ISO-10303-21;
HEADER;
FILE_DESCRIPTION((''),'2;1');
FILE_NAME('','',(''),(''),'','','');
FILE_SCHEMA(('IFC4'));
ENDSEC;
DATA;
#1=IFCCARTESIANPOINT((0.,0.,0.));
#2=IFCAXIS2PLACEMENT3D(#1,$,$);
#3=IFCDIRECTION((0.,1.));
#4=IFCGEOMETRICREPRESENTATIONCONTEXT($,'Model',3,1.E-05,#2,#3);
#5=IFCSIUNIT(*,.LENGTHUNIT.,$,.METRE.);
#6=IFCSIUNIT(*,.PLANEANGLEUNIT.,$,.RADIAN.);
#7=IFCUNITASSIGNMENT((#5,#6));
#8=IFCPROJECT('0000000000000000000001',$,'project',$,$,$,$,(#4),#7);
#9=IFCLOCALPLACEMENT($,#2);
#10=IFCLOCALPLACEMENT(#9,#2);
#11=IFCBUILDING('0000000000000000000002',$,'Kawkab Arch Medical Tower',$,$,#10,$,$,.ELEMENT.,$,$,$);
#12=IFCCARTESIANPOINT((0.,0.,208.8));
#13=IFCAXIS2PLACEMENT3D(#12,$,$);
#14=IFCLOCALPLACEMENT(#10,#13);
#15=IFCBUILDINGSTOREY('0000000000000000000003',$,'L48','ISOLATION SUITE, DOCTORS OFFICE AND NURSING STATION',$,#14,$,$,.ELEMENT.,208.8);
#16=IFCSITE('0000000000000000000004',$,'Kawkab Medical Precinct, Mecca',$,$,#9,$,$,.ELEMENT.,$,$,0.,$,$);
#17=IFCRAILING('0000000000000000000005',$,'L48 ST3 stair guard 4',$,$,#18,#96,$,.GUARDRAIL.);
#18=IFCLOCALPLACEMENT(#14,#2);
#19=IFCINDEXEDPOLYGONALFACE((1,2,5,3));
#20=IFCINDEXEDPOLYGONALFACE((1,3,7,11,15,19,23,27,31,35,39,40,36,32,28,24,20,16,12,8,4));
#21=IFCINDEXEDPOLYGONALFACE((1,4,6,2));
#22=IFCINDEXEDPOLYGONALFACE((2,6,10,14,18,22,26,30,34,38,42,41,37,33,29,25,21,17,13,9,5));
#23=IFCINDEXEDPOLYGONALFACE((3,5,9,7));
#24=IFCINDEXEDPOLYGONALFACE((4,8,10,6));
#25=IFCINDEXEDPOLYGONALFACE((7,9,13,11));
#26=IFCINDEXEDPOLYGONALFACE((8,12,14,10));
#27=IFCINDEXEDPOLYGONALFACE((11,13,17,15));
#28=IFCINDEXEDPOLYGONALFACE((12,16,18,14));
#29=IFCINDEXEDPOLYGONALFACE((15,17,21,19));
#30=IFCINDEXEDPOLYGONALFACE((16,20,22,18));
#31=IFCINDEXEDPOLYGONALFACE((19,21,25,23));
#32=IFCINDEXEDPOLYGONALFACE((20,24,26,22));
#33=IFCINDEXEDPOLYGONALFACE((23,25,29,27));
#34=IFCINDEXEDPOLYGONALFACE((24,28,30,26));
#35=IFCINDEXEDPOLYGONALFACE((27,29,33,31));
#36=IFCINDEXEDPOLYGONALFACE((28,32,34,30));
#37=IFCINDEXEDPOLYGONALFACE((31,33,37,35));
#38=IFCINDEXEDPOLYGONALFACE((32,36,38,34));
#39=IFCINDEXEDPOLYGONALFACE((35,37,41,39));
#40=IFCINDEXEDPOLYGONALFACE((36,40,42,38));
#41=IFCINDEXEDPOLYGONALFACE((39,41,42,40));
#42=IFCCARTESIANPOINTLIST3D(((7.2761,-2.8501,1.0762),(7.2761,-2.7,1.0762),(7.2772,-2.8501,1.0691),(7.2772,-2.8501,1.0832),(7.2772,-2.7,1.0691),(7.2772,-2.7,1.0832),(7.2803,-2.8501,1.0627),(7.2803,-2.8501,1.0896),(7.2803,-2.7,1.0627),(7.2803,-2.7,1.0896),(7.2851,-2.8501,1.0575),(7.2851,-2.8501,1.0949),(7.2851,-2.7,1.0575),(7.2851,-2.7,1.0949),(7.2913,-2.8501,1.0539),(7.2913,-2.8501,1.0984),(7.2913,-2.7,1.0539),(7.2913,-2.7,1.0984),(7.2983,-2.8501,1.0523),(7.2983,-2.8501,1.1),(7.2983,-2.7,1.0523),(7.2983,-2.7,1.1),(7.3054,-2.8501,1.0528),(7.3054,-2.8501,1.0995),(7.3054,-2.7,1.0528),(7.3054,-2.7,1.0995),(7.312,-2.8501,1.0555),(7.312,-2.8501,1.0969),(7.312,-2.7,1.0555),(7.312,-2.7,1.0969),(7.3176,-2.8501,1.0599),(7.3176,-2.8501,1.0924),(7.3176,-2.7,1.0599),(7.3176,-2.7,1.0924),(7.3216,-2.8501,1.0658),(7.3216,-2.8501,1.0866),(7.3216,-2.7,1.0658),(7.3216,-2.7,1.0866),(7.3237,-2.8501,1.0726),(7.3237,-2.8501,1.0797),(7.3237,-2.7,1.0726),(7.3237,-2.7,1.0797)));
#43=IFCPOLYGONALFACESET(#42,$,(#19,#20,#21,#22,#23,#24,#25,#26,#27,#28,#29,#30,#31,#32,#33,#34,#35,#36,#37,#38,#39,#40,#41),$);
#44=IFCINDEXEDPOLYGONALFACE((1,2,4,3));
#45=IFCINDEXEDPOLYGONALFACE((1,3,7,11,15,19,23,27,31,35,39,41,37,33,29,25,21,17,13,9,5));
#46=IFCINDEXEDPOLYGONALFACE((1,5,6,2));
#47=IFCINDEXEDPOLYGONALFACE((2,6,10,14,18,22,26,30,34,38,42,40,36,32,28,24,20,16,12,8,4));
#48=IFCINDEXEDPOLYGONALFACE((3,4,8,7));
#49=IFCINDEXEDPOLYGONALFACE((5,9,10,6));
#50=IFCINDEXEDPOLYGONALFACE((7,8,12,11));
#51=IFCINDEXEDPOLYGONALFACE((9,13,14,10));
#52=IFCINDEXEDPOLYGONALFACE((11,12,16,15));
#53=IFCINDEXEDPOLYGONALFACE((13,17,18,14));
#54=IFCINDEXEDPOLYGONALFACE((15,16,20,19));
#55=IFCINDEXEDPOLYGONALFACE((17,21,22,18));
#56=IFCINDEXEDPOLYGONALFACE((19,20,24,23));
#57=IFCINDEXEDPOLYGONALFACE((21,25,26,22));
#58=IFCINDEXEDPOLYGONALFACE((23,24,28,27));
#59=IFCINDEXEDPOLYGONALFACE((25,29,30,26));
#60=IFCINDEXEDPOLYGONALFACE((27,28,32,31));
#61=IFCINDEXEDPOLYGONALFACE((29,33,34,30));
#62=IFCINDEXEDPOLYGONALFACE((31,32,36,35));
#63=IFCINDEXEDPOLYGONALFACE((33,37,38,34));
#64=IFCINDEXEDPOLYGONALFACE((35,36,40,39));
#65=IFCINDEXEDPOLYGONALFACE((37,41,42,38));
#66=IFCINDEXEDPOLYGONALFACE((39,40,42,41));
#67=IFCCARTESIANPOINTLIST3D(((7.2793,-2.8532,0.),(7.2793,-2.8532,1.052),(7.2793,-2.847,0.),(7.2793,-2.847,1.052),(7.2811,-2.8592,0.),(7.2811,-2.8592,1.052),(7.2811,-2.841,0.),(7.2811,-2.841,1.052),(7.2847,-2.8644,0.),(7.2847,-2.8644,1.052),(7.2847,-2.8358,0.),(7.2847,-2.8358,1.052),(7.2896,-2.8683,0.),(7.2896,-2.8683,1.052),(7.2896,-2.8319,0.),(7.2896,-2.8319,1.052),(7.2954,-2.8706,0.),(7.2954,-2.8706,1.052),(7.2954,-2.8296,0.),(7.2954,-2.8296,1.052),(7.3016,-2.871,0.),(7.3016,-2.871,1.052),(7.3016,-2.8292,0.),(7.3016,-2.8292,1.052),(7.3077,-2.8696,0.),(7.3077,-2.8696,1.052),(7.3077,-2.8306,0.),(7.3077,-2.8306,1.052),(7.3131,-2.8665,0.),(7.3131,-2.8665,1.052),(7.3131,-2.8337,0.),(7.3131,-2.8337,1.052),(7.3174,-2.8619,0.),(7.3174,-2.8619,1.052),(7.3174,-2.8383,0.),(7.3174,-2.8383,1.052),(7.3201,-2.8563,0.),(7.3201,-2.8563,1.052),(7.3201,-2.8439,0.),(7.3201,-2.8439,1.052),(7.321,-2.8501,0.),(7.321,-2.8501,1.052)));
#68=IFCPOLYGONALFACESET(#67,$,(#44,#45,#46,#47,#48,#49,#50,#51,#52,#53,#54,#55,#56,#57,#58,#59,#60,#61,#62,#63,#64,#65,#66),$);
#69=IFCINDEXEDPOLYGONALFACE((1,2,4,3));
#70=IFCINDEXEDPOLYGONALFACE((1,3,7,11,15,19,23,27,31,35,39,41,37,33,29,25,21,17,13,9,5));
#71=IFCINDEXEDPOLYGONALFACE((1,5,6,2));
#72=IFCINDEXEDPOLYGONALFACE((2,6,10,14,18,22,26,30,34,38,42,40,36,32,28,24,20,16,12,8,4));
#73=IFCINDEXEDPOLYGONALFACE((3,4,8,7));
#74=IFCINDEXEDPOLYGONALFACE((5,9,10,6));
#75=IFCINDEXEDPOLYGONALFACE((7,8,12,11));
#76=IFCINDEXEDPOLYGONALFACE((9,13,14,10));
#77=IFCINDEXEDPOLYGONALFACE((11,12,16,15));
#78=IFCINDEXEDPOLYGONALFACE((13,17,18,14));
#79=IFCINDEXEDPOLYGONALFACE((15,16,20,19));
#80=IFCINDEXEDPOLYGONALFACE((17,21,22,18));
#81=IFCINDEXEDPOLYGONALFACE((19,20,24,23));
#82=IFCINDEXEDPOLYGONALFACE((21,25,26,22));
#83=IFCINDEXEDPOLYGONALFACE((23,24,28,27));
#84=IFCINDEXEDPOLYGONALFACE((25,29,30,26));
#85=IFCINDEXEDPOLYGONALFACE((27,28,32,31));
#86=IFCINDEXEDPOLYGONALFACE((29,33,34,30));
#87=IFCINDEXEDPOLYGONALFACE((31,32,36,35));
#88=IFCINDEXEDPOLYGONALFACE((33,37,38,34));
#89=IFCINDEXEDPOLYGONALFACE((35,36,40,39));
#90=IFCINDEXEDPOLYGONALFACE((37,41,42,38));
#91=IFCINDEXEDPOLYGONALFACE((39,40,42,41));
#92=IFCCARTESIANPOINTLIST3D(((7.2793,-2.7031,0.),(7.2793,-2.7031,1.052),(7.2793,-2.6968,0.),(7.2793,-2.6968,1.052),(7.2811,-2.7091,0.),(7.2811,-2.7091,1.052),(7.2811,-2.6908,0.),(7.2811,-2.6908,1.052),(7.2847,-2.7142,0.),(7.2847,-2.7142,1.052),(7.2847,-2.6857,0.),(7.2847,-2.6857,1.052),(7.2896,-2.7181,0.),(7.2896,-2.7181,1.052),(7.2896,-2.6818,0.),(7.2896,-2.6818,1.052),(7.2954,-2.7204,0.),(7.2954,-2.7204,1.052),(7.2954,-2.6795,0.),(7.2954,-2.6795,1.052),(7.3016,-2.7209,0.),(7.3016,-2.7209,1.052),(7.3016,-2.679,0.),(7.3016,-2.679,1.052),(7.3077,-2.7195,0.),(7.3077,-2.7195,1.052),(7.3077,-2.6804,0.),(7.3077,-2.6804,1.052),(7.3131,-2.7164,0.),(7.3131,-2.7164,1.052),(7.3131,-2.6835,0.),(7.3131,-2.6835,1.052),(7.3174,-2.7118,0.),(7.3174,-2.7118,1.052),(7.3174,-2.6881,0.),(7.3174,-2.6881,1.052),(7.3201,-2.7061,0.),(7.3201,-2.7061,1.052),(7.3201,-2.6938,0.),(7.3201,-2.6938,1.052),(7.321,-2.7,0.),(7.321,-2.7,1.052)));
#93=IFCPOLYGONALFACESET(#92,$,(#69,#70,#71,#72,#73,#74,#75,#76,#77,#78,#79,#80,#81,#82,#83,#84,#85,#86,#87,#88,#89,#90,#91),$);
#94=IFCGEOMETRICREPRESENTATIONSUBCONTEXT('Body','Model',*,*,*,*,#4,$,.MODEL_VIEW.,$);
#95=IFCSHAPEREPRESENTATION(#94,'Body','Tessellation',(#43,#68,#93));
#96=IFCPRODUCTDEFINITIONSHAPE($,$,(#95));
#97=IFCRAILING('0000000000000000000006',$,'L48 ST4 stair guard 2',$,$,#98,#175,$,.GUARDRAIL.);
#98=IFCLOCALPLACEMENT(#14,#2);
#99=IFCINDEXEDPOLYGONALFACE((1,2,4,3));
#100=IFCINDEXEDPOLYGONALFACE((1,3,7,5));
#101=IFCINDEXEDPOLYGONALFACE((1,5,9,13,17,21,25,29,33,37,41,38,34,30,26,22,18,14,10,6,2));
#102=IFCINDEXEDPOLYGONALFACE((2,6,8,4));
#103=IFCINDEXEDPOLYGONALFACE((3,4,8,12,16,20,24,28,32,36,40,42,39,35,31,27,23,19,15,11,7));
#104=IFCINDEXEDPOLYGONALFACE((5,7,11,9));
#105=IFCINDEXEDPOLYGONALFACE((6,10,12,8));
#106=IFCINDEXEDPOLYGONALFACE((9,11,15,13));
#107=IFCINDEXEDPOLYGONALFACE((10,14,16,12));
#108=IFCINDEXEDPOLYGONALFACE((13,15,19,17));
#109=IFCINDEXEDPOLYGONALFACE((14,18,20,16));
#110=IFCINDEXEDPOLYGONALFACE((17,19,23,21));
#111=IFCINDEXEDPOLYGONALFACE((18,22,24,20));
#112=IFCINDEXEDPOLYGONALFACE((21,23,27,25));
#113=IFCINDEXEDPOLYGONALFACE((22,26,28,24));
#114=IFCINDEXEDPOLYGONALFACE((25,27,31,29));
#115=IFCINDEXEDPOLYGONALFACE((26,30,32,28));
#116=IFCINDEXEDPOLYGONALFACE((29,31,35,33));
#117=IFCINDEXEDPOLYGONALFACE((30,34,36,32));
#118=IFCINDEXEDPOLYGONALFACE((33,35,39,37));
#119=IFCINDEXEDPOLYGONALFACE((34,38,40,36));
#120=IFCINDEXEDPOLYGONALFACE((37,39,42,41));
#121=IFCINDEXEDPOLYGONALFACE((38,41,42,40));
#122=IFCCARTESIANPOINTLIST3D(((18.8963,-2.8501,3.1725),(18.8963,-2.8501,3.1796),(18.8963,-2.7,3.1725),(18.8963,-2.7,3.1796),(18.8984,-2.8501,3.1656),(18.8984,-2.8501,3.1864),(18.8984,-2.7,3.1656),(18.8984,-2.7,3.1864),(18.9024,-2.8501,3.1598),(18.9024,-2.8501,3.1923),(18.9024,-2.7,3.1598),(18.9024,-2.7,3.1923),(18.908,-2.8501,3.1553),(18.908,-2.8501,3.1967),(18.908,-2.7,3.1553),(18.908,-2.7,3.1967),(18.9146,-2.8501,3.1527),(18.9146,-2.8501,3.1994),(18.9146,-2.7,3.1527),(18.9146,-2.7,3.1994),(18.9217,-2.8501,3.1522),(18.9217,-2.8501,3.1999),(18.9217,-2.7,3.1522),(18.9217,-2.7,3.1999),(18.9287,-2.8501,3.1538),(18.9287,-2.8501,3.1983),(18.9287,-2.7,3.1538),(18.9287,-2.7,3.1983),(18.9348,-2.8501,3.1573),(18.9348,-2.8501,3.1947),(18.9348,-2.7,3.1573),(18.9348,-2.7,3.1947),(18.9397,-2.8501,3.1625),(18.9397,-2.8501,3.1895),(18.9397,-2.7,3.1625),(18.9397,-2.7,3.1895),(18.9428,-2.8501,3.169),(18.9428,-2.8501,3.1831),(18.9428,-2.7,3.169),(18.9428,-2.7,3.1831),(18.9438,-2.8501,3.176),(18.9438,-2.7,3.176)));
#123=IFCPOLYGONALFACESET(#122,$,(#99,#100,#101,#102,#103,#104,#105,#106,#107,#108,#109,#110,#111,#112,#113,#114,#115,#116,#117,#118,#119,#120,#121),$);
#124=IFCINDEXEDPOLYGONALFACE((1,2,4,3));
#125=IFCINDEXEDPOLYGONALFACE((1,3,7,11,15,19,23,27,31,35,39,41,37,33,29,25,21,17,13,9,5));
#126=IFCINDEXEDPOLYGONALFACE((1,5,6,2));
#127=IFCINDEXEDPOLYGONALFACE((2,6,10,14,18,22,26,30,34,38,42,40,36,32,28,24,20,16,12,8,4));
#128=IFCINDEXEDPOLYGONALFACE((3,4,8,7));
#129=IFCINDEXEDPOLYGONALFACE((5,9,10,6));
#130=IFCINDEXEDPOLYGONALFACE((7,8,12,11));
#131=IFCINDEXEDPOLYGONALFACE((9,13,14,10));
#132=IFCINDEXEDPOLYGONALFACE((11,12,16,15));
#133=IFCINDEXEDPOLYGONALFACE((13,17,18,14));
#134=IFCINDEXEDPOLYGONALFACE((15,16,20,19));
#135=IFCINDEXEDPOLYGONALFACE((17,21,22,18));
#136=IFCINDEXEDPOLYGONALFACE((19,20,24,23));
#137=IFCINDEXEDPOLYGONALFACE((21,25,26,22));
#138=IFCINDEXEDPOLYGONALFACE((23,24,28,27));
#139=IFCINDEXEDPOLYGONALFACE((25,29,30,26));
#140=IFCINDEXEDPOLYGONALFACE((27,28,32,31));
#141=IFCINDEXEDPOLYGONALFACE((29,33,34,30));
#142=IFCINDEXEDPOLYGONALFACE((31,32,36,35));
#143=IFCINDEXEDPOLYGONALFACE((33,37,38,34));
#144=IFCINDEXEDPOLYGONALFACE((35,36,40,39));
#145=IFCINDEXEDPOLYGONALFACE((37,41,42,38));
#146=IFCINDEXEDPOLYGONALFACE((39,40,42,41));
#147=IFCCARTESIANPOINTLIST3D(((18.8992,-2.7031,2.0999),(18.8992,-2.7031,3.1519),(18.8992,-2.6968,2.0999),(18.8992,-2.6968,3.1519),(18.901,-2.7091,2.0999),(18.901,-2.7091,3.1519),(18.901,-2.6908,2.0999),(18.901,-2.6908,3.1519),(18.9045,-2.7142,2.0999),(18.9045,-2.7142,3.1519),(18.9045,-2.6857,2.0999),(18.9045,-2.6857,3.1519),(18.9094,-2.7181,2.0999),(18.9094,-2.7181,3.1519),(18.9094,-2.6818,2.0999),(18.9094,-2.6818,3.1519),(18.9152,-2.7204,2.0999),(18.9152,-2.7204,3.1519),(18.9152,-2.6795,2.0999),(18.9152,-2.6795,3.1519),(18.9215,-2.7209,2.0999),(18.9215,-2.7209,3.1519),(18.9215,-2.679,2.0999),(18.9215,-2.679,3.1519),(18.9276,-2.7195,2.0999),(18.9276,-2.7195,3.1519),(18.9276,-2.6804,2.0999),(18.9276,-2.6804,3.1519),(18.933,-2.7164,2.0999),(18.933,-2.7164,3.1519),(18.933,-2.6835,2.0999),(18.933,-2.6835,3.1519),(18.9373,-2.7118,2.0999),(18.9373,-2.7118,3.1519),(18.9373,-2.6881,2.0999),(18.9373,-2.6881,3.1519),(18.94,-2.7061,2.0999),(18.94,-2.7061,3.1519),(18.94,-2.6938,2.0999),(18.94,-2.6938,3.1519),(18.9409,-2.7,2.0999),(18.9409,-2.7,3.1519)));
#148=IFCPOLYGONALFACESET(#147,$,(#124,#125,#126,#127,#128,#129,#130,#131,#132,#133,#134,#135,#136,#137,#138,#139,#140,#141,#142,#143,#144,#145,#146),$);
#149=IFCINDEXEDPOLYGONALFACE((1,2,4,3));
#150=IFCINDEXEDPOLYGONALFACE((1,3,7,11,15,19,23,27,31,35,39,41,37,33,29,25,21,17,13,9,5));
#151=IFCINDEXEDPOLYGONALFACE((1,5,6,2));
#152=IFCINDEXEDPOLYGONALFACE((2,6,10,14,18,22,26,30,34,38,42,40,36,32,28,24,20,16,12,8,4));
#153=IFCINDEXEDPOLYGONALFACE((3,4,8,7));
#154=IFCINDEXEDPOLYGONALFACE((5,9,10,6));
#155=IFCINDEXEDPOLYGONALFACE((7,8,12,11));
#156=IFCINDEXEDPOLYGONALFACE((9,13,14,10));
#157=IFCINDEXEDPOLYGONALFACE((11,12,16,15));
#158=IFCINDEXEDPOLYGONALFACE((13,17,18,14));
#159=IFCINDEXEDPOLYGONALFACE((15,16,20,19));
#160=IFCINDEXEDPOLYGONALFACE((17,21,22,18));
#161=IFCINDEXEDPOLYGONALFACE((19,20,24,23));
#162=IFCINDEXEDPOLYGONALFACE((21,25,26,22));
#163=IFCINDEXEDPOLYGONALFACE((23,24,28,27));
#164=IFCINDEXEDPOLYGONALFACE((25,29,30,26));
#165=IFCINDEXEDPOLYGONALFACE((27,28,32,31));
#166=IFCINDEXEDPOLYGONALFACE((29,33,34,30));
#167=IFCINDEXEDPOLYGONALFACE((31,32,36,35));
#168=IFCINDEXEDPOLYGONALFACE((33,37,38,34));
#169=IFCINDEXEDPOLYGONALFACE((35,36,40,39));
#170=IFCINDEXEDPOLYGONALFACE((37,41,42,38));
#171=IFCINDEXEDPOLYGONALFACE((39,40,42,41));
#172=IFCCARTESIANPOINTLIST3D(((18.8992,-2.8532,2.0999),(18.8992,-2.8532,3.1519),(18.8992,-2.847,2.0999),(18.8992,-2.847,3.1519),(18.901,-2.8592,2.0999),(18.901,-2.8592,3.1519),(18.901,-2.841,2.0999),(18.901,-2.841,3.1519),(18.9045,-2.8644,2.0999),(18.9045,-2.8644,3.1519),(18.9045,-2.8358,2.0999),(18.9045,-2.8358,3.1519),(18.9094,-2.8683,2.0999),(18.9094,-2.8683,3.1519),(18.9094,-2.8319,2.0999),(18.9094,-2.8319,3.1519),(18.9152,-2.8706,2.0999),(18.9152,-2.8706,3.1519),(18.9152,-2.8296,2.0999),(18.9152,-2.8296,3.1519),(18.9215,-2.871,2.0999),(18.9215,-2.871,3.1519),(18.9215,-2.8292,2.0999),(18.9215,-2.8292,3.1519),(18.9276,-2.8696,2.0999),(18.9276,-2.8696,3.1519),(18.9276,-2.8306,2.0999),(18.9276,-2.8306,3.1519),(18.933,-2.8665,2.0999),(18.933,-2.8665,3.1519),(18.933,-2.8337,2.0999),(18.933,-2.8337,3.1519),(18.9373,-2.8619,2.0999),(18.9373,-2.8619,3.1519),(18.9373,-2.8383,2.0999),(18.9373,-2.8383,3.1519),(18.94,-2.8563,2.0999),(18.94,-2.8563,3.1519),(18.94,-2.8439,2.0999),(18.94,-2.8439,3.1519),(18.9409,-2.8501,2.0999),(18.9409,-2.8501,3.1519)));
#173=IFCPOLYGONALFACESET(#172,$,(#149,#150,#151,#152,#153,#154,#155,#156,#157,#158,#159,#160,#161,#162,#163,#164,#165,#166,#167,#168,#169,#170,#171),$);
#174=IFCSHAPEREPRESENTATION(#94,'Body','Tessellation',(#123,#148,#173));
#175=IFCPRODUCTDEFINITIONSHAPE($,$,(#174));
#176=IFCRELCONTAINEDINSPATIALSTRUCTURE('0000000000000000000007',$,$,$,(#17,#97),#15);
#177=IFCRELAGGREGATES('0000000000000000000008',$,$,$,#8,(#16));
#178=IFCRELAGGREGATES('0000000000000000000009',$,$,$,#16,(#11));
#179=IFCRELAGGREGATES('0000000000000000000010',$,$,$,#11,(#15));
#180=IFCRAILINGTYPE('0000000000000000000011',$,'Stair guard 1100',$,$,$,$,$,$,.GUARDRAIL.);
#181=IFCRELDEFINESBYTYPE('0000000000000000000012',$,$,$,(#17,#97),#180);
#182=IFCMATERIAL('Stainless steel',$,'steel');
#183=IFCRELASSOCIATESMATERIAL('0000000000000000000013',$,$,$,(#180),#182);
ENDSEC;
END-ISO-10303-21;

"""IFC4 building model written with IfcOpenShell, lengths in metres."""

from ifc_helpers import new_model, si_unit, direction, frame, origin, origin_2d, place, context, subcontext, project, spatial, circle, extrude, material, type_object, element, save


model = new_model("IFC4")

# Units and contexts
model_context = context("Model", 3, precision=1e-05, world=origin(), true_north=direction((0.0, 1.0)))
body_context = subcontext(model_context, "Body", "Model", "MODEL_VIEW")
ifc_project = project(units=[si_unit("LENGTHUNIT", "METRE"), si_unit("PLANEANGLEUNIT", "RADIAN")], contexts=[model_context])

# Site, building, storey
site_placement = place(None, origin())
site = spatial("IfcSite", under=ifc_project, at=site_placement, Name="Kawkab Medical Precinct, Mecca", CompositionType="ELEMENT", RefElevation=0.0)
building_placement = place(site_placement, origin())
building = spatial("IfcBuilding", under=site, at=building_placement, Name="Kawkab Arch Medical Tower", CompositionType="ELEMENT")
storey_placement = place(building_placement, frame((0.0, 0.0, 208.8)))
storey = spatial("IfcBuildingStorey", under=building, at=storey_placement, Name="L48", Description="ISOLATION SUITE, DOCTORS OFFICE AND NURSING STATION", CompositionType="ELEMENT", Elevation=208.8)

# Railings
ifc_material_1 = material(Name="Stainless steel", Category="steel")
railing_type_1 = type_object("IfcRailingType", Name="Stair guard 1100", PredefinedType="GUARDRAIL", material=ifc_material_1)
railing_1_placement = place(storey_placement, frame((7.3, -2.8501, 0.0)))
element("IfcRailing", 1, at=railing_1_placement, inside=storey, type_object=railing_type_1, Name="L48 ST3 stair guard 4", PredefinedType="GUARDRAIL", context=body_context, shape_type="SweptSolid", body=[
    extrude(circle(Radius=0.0239, at=origin_2d()), frame((0.0, 0.0, 1.0762), z_axis=(0.0, 1.0, 0.0), x_axis=(-1.0, 0.0, 0.0)), (0.0, 0.0, 1.0), 0.1501),
    extrude(circle(Radius=0.021, at=origin_2d()), origin(), (0.0, 0.0, 1.0), 1.052),
    extrude(circle(Radius=0.021, at=origin_2d()), frame((0.0, 0.1501, 0.0)), (0.0, 0.0, 1.0), 1.052),
])
railing_2_placement = place(storey_placement, frame((18.9199, -2.7, 2.0999)))
element("IfcRailing", 2, at=railing_2_placement, inside=storey, type_object=railing_type_1, Name="L48 ST4 stair guard 2", PredefinedType="GUARDRAIL", context=body_context, shape_type="SweptSolid", body=[
    extrude(circle(Radius=0.0239, at=origin_2d()), frame((0.0, 0.0, 1.0762), z_axis=(0.0, -1.0, 0.0), x_axis=(1.0, 0.0, 0.0)), (0.0, 0.0, 1.0), 0.1501),
    extrude(circle(Radius=0.021, at=origin_2d()), origin(), (0.0, 0.0, 1.0), 1.052),
    extrude(circle(Radius=0.021, at=origin_2d()), frame((0.0, -0.1501, 0.0)), (0.0, 0.0, 1.0), 1.052),
])

save(model, "model.ifc")
